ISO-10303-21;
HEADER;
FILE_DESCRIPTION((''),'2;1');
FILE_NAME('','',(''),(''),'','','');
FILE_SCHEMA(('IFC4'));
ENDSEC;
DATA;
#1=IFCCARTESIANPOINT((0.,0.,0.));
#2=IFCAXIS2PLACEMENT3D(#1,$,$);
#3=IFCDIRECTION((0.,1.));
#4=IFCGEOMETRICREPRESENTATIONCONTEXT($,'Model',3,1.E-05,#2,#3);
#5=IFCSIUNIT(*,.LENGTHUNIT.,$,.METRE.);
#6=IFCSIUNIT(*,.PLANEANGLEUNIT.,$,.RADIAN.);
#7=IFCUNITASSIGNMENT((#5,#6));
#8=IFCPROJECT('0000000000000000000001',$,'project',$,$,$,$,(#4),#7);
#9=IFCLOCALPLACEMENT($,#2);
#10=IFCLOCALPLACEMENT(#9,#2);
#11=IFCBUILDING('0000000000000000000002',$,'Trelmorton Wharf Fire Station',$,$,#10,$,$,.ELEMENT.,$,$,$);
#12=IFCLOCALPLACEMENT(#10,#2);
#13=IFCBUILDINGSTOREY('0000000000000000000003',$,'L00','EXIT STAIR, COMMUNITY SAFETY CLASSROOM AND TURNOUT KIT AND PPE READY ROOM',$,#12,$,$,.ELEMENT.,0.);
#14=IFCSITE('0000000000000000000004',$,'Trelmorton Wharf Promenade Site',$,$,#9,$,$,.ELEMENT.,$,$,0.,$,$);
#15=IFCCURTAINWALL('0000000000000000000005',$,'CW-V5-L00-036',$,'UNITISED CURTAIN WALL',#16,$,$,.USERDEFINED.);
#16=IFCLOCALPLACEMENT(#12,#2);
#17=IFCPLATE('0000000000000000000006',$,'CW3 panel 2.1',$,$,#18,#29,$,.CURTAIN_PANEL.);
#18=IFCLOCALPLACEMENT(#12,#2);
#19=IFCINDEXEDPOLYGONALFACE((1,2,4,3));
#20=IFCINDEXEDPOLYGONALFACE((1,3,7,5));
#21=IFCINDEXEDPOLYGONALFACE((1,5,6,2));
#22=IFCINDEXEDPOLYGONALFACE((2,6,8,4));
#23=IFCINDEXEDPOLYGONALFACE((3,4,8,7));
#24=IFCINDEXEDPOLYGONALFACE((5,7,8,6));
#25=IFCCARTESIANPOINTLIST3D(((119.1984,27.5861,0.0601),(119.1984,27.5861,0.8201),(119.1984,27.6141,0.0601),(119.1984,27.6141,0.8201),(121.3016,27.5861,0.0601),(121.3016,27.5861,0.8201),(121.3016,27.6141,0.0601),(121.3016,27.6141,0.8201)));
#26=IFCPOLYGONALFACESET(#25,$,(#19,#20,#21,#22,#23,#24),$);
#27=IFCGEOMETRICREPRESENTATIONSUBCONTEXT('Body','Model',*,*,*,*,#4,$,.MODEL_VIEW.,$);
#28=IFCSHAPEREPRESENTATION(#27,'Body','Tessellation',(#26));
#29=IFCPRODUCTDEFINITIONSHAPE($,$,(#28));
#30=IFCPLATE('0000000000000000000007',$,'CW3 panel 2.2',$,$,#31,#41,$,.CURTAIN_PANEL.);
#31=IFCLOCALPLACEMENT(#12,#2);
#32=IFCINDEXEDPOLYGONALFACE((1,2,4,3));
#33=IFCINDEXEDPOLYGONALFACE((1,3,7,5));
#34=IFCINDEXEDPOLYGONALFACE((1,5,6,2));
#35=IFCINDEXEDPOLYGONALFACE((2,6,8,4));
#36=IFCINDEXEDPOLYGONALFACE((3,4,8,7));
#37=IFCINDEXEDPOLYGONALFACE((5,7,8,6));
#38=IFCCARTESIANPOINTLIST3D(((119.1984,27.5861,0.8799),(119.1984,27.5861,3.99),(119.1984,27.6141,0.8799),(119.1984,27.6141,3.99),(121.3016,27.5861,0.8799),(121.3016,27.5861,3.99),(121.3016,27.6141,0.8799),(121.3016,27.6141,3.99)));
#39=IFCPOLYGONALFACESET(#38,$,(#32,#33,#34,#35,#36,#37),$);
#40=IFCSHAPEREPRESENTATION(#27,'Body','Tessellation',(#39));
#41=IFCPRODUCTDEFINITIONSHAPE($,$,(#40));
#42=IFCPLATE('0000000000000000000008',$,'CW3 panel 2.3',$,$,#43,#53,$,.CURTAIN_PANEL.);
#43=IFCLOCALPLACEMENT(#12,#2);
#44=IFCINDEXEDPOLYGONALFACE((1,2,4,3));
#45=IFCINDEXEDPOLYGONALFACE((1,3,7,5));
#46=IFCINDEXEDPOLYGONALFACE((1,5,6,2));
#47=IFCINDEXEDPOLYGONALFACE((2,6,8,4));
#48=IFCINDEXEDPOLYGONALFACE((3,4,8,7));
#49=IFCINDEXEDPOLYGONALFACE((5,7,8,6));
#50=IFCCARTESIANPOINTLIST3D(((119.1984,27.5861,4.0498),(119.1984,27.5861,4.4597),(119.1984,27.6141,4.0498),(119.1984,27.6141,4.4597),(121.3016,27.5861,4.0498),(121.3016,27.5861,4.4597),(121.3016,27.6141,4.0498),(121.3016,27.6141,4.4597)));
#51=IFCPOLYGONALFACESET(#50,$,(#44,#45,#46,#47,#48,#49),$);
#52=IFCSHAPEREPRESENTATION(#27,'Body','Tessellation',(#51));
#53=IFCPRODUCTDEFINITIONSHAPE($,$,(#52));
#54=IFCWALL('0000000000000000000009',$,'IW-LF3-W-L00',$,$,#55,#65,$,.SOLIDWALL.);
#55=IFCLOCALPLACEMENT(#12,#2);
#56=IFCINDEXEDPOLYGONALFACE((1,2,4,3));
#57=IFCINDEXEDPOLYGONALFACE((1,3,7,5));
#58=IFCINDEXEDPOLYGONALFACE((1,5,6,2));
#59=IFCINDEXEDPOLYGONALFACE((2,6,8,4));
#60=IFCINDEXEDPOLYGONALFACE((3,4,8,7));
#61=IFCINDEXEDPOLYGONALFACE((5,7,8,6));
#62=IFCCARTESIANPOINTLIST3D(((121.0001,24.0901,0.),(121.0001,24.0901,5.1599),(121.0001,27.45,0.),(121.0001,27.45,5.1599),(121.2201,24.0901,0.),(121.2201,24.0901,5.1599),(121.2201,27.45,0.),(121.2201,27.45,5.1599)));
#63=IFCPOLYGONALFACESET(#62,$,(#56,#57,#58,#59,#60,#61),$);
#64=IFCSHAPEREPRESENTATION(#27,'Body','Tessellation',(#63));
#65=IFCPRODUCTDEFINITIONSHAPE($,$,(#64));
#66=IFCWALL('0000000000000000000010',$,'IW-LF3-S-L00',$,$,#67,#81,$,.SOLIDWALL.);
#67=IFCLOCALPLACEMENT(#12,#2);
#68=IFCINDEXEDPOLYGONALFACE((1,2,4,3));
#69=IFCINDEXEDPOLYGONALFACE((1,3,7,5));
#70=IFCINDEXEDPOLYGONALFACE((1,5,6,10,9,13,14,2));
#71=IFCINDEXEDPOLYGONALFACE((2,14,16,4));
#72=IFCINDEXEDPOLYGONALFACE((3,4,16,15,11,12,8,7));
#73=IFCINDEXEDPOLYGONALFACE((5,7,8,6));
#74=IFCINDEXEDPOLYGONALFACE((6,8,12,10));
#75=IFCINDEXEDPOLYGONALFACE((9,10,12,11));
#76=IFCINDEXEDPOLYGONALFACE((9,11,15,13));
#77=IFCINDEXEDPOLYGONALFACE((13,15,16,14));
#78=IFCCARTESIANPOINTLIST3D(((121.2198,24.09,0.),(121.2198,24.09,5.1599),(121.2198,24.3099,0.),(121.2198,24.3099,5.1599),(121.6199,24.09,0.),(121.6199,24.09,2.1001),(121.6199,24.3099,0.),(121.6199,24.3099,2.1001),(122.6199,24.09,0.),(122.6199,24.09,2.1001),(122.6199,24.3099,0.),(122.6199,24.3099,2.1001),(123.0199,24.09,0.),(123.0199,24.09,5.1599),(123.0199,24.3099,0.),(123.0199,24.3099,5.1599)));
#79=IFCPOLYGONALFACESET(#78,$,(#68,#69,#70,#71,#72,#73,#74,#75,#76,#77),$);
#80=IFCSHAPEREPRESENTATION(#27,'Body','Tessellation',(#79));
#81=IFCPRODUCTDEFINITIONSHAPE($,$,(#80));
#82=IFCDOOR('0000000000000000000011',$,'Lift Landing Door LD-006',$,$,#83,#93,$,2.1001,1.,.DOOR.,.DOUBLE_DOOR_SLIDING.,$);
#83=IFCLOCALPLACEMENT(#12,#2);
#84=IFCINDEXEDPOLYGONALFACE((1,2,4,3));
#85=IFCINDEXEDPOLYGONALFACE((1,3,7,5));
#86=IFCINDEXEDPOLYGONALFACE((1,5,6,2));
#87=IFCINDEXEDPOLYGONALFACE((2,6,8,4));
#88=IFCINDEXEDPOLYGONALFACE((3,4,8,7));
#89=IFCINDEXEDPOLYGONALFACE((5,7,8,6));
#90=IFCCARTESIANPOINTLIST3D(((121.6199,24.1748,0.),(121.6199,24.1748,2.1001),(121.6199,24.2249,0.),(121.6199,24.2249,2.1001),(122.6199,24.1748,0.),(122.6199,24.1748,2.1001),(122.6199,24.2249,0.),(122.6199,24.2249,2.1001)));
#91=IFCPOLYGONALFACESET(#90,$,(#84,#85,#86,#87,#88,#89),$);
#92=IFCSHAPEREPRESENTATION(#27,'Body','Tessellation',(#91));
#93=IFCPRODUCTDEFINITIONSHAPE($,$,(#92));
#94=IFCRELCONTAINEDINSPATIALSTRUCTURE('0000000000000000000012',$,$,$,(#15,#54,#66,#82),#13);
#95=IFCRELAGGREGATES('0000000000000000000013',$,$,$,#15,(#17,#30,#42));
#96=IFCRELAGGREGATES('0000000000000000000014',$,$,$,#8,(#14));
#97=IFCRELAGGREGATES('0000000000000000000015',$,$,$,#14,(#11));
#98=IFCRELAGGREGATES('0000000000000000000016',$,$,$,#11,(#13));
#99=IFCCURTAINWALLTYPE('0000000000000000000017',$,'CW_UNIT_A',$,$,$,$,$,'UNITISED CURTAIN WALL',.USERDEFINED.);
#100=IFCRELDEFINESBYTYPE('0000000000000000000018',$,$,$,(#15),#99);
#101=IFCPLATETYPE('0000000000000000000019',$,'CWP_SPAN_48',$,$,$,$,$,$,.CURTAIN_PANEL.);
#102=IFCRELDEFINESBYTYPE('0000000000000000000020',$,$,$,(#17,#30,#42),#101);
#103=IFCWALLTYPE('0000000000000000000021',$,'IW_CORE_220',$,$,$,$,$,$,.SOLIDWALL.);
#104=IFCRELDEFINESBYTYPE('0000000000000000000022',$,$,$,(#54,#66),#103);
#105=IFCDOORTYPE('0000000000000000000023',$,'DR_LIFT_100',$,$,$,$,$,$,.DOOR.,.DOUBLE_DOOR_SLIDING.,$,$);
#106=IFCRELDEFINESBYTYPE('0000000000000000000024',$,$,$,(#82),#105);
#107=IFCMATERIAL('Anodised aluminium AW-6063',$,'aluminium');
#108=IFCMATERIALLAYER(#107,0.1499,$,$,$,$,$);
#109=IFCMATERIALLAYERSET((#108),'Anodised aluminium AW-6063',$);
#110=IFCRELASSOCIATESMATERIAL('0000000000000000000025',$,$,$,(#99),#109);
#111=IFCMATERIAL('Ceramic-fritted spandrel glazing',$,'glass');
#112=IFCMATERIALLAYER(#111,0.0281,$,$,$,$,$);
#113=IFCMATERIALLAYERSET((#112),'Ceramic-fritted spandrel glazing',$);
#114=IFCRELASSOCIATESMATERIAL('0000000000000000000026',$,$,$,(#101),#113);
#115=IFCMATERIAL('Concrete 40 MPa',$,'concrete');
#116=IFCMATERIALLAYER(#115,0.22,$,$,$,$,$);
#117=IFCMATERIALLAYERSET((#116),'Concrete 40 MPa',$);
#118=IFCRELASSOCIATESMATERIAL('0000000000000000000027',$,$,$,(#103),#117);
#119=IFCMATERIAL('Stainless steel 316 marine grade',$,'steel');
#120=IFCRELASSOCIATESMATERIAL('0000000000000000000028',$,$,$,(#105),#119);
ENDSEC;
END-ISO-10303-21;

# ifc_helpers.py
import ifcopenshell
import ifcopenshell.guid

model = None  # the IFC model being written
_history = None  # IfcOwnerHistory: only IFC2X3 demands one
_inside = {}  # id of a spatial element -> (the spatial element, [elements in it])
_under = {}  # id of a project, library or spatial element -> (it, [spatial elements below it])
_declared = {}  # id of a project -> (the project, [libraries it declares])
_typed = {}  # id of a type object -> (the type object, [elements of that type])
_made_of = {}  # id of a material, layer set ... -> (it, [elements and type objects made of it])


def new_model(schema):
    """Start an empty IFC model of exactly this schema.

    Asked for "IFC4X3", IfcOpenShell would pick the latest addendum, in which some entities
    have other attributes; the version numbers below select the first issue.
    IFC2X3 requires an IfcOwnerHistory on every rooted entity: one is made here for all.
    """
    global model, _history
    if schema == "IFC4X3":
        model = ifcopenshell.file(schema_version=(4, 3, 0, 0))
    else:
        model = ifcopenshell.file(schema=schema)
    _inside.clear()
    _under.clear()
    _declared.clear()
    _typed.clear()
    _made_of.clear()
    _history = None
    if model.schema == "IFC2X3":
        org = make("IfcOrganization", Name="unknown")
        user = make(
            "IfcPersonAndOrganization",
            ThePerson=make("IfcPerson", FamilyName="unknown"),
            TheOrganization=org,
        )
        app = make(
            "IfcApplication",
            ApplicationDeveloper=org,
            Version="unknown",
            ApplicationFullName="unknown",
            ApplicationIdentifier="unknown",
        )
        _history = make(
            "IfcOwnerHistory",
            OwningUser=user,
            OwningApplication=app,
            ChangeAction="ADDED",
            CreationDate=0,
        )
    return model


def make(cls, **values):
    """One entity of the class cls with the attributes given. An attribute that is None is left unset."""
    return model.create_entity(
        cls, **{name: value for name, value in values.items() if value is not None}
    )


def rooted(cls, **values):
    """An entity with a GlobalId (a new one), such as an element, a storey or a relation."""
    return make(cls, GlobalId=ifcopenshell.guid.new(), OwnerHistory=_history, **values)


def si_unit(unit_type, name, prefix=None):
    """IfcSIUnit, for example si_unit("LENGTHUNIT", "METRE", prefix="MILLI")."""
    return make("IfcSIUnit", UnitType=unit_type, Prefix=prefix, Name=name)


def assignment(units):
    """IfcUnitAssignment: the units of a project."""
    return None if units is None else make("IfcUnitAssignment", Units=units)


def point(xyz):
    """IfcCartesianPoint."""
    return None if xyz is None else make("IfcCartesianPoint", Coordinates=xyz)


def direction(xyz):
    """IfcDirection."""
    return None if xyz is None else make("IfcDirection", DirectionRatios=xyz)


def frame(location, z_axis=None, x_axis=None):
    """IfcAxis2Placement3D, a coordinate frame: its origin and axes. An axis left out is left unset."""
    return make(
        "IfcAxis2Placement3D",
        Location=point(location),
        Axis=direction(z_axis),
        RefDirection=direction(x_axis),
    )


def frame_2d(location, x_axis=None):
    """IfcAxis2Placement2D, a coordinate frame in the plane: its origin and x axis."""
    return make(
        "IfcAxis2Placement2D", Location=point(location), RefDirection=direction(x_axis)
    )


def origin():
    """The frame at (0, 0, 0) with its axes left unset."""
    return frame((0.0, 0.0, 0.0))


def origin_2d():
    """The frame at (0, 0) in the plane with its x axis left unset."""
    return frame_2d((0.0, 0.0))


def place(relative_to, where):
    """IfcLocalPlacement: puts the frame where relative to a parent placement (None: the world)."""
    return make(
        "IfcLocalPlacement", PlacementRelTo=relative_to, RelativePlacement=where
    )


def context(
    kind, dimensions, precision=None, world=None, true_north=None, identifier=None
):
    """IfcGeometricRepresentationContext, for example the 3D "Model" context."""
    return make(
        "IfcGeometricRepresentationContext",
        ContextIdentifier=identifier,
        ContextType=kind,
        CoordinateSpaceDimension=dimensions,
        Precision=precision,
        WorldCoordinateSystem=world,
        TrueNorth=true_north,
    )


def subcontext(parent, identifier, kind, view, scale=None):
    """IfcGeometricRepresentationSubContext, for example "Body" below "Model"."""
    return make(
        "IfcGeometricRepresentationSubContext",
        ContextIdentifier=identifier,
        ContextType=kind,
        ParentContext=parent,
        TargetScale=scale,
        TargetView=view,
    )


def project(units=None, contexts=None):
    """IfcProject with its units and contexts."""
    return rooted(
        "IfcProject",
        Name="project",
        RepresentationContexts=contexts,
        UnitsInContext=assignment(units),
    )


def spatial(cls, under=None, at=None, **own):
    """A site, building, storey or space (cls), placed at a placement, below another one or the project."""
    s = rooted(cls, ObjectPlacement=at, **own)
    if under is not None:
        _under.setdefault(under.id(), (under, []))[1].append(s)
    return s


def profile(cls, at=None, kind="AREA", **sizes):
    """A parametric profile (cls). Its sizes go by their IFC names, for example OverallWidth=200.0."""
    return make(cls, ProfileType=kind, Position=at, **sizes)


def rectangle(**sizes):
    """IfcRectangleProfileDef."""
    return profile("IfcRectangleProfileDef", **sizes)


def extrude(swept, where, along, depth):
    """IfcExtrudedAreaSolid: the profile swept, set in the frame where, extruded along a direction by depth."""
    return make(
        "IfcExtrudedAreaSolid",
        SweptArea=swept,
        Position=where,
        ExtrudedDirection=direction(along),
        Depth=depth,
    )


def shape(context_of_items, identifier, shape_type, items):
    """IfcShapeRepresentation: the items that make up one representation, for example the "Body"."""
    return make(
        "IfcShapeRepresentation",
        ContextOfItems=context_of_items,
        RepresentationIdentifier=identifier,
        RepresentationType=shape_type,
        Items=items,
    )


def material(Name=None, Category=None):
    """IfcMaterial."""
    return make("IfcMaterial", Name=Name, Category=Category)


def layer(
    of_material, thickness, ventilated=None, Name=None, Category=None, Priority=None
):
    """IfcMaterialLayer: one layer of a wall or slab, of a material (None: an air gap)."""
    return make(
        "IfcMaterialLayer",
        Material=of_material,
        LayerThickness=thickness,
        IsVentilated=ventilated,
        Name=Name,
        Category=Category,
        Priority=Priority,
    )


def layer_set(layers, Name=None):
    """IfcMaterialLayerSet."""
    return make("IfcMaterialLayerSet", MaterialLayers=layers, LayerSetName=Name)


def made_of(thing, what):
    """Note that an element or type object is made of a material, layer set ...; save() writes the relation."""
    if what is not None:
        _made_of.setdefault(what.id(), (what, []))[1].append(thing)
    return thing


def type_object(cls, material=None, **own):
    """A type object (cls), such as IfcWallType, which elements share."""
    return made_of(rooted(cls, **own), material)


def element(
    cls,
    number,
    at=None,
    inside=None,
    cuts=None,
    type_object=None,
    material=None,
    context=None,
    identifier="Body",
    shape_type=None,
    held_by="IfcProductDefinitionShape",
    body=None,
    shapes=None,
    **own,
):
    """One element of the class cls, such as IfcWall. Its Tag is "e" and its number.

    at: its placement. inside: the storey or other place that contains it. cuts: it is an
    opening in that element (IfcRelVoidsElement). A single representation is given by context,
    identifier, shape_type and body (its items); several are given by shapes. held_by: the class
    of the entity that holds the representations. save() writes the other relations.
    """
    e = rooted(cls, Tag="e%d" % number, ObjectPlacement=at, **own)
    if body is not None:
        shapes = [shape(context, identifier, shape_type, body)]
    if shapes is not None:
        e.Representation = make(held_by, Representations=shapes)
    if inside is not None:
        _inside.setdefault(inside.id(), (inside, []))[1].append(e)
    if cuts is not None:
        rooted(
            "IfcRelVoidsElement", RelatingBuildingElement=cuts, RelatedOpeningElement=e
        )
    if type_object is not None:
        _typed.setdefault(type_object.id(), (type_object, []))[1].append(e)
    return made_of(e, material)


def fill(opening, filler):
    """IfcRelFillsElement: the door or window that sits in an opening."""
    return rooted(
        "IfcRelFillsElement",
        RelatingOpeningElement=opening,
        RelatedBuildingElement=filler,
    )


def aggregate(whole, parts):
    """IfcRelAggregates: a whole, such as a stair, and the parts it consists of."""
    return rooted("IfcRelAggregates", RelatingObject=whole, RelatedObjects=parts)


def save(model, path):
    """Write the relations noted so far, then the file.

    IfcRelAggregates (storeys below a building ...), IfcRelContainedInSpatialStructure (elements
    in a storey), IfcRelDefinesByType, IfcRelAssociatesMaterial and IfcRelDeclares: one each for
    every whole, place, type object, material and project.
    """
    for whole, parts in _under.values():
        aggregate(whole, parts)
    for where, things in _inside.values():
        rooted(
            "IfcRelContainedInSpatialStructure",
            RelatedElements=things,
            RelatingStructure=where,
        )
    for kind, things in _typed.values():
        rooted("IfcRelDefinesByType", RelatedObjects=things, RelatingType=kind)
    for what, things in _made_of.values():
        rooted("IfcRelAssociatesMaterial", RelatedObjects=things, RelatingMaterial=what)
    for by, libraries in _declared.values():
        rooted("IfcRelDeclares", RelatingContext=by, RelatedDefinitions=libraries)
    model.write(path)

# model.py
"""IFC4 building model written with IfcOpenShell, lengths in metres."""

from ifc_helpers import new_model, si_unit, direction, frame, frame_2d, origin, origin_2d, place, context, subcontext, project, spatial, rectangle, extrude, material, layer, layer_set, type_object, element, fill, aggregate, save


model = new_model("IFC4")

# Units and contexts
model_context = context("Model", 3, precision=1e-05, world=origin(), true_north=direction((0.0, 1.0)))
body_context = subcontext(model_context, "Body", "Model", "MODEL_VIEW")
ifc_project = project(units=[si_unit("LENGTHUNIT", "METRE"), si_unit("PLANEANGLEUNIT", "RADIAN")], contexts=[model_context])

# Site, building, storey
site_placement = place(None, origin())
site = spatial("IfcSite", under=ifc_project, at=site_placement, Name="Trelmorton Wharf Promenade Site", CompositionType="ELEMENT", RefElevation=0.0)
building_placement = place(site_placement, origin())
building = spatial("IfcBuilding", under=site, at=building_placement, Name="Trelmorton Wharf Fire Station", CompositionType="ELEMENT")
storey_placement = place(building_placement, origin())
storey = spatial("IfcBuildingStorey", under=building, at=storey_placement, Name="L00", Description="EXIT STAIR, COMMUNITY SAFETY CLASSROOM AND TURNOUT KIT AND PPE READY ROOM", CompositionType="ELEMENT", Elevation=0.0)

# Shared definitions
ifc_material_1 = material(Name="Concrete 40 MPa", Category="concrete")

# Curtain wall
ifc_material_2 = material(Name="Anodised aluminium AW-6063", Category="aluminium")
ifc_layer_1 = layer(ifc_material_2, 0.1499)
ifc_layer_set_1 = layer_set([ifc_layer_1], Name="Anodised aluminium AW-6063")
curtain_wall_type = type_object("IfcCurtainWallType", Name="CW_UNIT_A", ElementType="UNITISED CURTAIN WALL", PredefinedType="USERDEFINED", material=ifc_layer_set_1)
curtain_wall_placement = place(storey_placement, origin())
curtain_wall = element("IfcCurtainWall", 1, at=curtain_wall_placement, inside=storey, type_object=curtain_wall_type, Name="CW-V5-L00-036", ObjectType="UNITISED CURTAIN WALL", PredefinedType="USERDEFINED")

# Plates
ifc_material_3 = material(Name="Ceramic-fritted spandrel glazing", Category="glass")
ifc_layer_2 = layer(ifc_material_3, 0.0281)
ifc_layer_set_2 = layer_set([ifc_layer_2], Name="Ceramic-fritted spandrel glazing")
plate_type = type_object("IfcPlateType", Name="CWP_SPAN_48", PredefinedType="CURTAIN_PANEL", material=ifc_layer_set_2)
plate_1_placement = place(storey_placement, frame((120.25, 27.6001, 0.0601), z_axis=(0.0, 0.0, 1.0), x_axis=(1.0, 0.0, 0.0)))
plate_1 = element("IfcPlate", 2, at=plate_1_placement, type_object=plate_type, Name="CW3 panel 2.1", PredefinedType="CURTAIN_PANEL", context=body_context, shape_type="SweptSolid", body=[
    extrude(rectangle(XDim=2.1033, YDim=0.0281, at=origin_2d()), origin(), (0.0, 0.0, 1.0), 0.76),
])
plate_2_placement = place(storey_placement, frame((120.25, 27.6001, 0.8799), z_axis=(0.0, 0.0, 1.0), x_axis=(1.0, 0.0, 0.0)))
plate_2 = element("IfcPlate", 3, at=plate_2_placement, type_object=plate_type, Name="CW3 panel 2.2", PredefinedType="CURTAIN_PANEL", context=body_context, shape_type="SweptSolid", body=[
    extrude(rectangle(XDim=2.1033, YDim=0.0281, at=origin_2d()), origin(), (0.0, 0.0, 1.0), 3.1101),
])
plate_3_placement = place(storey_placement, frame((120.25, 27.6001, 4.0498), z_axis=(0.0, 0.0, 1.0), x_axis=(1.0, 0.0, 0.0)))
plate_3 = element("IfcPlate", 4, at=plate_3_placement, type_object=plate_type, Name="CW3 panel 2.3", PredefinedType="CURTAIN_PANEL", context=body_context, shape_type="SweptSolid", body=[
    extrude(rectangle(XDim=2.1033, YDim=0.0281, at=origin_2d()), origin(), (0.0, 0.0, 1.0), 0.4099),
])
aggregate(curtain_wall, [plate_1, plate_2, plate_3])

# Wall
ifc_layer_3 = layer(ifc_material_1, 0.22)
ifc_layer_set_3 = layer_set([ifc_layer_3], Name="Concrete 40 MPa")
wall_type = type_object("IfcWallType", Name="IW_CORE_220", PredefinedType="SOLIDWALL", material=ifc_layer_set_3)
wall_1_placement = place(storey_placement, frame((121.1101, 24.0901, 0.0), z_axis=(0.0, 0.0, 1.0), x_axis=(0.0, 1.0, 0.0)))
element("IfcWall", 5, at=wall_1_placement, inside=storey, type_object=wall_type, Name="IW-LF3-W-L00", PredefinedType="SOLIDWALL", context=body_context, shape_type="SweptSolid", body=[
    extrude(rectangle(XDim=3.3599, YDim=0.22, at=frame_2d((1.6799, 0.0))), origin(), (0.0, 0.0, 1.0), 5.1599),
])

# Wall, opening, door
wall_2_placement = place(storey_placement, frame((121.22, 24.2, 0.0), z_axis=(0.0, 0.0, 1.0), x_axis=(1.0, 0.0, 0.0)))
wall_2 = element("IfcWall", 6, at=wall_2_placement, inside=storey, type_object=wall_type, Name="IW-LF3-S-L00", PredefinedType="SOLIDWALL", context=body_context, shape_type="SweptSolid", body=[
    extrude(rectangle(XDim=1.8, YDim=0.22, at=frame_2d((0.8999, 0.0))), origin(), (0.0, 0.0, 1.0), 5.1599),
])
opening_placement = place(wall_2_placement, frame((0.3999, 0.0, 0.0)))
opening = element("IfcOpeningElement", 7, at=opening_placement, cuts=wall_2, PredefinedType="OPENING", context=body_context, shape_type="SweptSolid", body=[
    extrude(rectangle(XDim=1.0, YDim=2.1001, at=frame_2d((0.5, 1.05))), frame((0.0, 0.1201, 0.0), z_axis=(0.0, -1.0, 0.0), x_axis=(1.0, 0.0, 0.0)), (0.0, 0.0, 1.0), 0.24),
])
ifc_material_4 = material(Name="Stainless steel 316 marine grade", Category="steel")
door_type = type_object("IfcDoorType", Name="DR_LIFT_100", OperationType="DOUBLE_DOOR_SLIDING", PredefinedType="DOOR", material=ifc_material_4)
door_placement = place(opening_placement, origin())
door = element("IfcDoor", 8, at=door_placement, inside=storey, type_object=door_type, Name="Lift Landing Door LD-006", OperationType="DOUBLE_DOOR_SLIDING", OverallHeight=2.1001, OverallWidth=1.0, PredefinedType="DOOR", context=body_context, shape_type="SweptSolid", body=[
    extrude(rectangle(XDim=1.0, YDim=2.1001, at=frame_2d((0.5, 1.05))), frame((0.0, 0.0249, 0.0), z_axis=(0.0, -1.0, 0.0), x_axis=(1.0, 0.0, 0.0)), (0.0, 0.0, 1.0), 0.05),
])
fill(opening, door)

save(model, "model.ifc")
